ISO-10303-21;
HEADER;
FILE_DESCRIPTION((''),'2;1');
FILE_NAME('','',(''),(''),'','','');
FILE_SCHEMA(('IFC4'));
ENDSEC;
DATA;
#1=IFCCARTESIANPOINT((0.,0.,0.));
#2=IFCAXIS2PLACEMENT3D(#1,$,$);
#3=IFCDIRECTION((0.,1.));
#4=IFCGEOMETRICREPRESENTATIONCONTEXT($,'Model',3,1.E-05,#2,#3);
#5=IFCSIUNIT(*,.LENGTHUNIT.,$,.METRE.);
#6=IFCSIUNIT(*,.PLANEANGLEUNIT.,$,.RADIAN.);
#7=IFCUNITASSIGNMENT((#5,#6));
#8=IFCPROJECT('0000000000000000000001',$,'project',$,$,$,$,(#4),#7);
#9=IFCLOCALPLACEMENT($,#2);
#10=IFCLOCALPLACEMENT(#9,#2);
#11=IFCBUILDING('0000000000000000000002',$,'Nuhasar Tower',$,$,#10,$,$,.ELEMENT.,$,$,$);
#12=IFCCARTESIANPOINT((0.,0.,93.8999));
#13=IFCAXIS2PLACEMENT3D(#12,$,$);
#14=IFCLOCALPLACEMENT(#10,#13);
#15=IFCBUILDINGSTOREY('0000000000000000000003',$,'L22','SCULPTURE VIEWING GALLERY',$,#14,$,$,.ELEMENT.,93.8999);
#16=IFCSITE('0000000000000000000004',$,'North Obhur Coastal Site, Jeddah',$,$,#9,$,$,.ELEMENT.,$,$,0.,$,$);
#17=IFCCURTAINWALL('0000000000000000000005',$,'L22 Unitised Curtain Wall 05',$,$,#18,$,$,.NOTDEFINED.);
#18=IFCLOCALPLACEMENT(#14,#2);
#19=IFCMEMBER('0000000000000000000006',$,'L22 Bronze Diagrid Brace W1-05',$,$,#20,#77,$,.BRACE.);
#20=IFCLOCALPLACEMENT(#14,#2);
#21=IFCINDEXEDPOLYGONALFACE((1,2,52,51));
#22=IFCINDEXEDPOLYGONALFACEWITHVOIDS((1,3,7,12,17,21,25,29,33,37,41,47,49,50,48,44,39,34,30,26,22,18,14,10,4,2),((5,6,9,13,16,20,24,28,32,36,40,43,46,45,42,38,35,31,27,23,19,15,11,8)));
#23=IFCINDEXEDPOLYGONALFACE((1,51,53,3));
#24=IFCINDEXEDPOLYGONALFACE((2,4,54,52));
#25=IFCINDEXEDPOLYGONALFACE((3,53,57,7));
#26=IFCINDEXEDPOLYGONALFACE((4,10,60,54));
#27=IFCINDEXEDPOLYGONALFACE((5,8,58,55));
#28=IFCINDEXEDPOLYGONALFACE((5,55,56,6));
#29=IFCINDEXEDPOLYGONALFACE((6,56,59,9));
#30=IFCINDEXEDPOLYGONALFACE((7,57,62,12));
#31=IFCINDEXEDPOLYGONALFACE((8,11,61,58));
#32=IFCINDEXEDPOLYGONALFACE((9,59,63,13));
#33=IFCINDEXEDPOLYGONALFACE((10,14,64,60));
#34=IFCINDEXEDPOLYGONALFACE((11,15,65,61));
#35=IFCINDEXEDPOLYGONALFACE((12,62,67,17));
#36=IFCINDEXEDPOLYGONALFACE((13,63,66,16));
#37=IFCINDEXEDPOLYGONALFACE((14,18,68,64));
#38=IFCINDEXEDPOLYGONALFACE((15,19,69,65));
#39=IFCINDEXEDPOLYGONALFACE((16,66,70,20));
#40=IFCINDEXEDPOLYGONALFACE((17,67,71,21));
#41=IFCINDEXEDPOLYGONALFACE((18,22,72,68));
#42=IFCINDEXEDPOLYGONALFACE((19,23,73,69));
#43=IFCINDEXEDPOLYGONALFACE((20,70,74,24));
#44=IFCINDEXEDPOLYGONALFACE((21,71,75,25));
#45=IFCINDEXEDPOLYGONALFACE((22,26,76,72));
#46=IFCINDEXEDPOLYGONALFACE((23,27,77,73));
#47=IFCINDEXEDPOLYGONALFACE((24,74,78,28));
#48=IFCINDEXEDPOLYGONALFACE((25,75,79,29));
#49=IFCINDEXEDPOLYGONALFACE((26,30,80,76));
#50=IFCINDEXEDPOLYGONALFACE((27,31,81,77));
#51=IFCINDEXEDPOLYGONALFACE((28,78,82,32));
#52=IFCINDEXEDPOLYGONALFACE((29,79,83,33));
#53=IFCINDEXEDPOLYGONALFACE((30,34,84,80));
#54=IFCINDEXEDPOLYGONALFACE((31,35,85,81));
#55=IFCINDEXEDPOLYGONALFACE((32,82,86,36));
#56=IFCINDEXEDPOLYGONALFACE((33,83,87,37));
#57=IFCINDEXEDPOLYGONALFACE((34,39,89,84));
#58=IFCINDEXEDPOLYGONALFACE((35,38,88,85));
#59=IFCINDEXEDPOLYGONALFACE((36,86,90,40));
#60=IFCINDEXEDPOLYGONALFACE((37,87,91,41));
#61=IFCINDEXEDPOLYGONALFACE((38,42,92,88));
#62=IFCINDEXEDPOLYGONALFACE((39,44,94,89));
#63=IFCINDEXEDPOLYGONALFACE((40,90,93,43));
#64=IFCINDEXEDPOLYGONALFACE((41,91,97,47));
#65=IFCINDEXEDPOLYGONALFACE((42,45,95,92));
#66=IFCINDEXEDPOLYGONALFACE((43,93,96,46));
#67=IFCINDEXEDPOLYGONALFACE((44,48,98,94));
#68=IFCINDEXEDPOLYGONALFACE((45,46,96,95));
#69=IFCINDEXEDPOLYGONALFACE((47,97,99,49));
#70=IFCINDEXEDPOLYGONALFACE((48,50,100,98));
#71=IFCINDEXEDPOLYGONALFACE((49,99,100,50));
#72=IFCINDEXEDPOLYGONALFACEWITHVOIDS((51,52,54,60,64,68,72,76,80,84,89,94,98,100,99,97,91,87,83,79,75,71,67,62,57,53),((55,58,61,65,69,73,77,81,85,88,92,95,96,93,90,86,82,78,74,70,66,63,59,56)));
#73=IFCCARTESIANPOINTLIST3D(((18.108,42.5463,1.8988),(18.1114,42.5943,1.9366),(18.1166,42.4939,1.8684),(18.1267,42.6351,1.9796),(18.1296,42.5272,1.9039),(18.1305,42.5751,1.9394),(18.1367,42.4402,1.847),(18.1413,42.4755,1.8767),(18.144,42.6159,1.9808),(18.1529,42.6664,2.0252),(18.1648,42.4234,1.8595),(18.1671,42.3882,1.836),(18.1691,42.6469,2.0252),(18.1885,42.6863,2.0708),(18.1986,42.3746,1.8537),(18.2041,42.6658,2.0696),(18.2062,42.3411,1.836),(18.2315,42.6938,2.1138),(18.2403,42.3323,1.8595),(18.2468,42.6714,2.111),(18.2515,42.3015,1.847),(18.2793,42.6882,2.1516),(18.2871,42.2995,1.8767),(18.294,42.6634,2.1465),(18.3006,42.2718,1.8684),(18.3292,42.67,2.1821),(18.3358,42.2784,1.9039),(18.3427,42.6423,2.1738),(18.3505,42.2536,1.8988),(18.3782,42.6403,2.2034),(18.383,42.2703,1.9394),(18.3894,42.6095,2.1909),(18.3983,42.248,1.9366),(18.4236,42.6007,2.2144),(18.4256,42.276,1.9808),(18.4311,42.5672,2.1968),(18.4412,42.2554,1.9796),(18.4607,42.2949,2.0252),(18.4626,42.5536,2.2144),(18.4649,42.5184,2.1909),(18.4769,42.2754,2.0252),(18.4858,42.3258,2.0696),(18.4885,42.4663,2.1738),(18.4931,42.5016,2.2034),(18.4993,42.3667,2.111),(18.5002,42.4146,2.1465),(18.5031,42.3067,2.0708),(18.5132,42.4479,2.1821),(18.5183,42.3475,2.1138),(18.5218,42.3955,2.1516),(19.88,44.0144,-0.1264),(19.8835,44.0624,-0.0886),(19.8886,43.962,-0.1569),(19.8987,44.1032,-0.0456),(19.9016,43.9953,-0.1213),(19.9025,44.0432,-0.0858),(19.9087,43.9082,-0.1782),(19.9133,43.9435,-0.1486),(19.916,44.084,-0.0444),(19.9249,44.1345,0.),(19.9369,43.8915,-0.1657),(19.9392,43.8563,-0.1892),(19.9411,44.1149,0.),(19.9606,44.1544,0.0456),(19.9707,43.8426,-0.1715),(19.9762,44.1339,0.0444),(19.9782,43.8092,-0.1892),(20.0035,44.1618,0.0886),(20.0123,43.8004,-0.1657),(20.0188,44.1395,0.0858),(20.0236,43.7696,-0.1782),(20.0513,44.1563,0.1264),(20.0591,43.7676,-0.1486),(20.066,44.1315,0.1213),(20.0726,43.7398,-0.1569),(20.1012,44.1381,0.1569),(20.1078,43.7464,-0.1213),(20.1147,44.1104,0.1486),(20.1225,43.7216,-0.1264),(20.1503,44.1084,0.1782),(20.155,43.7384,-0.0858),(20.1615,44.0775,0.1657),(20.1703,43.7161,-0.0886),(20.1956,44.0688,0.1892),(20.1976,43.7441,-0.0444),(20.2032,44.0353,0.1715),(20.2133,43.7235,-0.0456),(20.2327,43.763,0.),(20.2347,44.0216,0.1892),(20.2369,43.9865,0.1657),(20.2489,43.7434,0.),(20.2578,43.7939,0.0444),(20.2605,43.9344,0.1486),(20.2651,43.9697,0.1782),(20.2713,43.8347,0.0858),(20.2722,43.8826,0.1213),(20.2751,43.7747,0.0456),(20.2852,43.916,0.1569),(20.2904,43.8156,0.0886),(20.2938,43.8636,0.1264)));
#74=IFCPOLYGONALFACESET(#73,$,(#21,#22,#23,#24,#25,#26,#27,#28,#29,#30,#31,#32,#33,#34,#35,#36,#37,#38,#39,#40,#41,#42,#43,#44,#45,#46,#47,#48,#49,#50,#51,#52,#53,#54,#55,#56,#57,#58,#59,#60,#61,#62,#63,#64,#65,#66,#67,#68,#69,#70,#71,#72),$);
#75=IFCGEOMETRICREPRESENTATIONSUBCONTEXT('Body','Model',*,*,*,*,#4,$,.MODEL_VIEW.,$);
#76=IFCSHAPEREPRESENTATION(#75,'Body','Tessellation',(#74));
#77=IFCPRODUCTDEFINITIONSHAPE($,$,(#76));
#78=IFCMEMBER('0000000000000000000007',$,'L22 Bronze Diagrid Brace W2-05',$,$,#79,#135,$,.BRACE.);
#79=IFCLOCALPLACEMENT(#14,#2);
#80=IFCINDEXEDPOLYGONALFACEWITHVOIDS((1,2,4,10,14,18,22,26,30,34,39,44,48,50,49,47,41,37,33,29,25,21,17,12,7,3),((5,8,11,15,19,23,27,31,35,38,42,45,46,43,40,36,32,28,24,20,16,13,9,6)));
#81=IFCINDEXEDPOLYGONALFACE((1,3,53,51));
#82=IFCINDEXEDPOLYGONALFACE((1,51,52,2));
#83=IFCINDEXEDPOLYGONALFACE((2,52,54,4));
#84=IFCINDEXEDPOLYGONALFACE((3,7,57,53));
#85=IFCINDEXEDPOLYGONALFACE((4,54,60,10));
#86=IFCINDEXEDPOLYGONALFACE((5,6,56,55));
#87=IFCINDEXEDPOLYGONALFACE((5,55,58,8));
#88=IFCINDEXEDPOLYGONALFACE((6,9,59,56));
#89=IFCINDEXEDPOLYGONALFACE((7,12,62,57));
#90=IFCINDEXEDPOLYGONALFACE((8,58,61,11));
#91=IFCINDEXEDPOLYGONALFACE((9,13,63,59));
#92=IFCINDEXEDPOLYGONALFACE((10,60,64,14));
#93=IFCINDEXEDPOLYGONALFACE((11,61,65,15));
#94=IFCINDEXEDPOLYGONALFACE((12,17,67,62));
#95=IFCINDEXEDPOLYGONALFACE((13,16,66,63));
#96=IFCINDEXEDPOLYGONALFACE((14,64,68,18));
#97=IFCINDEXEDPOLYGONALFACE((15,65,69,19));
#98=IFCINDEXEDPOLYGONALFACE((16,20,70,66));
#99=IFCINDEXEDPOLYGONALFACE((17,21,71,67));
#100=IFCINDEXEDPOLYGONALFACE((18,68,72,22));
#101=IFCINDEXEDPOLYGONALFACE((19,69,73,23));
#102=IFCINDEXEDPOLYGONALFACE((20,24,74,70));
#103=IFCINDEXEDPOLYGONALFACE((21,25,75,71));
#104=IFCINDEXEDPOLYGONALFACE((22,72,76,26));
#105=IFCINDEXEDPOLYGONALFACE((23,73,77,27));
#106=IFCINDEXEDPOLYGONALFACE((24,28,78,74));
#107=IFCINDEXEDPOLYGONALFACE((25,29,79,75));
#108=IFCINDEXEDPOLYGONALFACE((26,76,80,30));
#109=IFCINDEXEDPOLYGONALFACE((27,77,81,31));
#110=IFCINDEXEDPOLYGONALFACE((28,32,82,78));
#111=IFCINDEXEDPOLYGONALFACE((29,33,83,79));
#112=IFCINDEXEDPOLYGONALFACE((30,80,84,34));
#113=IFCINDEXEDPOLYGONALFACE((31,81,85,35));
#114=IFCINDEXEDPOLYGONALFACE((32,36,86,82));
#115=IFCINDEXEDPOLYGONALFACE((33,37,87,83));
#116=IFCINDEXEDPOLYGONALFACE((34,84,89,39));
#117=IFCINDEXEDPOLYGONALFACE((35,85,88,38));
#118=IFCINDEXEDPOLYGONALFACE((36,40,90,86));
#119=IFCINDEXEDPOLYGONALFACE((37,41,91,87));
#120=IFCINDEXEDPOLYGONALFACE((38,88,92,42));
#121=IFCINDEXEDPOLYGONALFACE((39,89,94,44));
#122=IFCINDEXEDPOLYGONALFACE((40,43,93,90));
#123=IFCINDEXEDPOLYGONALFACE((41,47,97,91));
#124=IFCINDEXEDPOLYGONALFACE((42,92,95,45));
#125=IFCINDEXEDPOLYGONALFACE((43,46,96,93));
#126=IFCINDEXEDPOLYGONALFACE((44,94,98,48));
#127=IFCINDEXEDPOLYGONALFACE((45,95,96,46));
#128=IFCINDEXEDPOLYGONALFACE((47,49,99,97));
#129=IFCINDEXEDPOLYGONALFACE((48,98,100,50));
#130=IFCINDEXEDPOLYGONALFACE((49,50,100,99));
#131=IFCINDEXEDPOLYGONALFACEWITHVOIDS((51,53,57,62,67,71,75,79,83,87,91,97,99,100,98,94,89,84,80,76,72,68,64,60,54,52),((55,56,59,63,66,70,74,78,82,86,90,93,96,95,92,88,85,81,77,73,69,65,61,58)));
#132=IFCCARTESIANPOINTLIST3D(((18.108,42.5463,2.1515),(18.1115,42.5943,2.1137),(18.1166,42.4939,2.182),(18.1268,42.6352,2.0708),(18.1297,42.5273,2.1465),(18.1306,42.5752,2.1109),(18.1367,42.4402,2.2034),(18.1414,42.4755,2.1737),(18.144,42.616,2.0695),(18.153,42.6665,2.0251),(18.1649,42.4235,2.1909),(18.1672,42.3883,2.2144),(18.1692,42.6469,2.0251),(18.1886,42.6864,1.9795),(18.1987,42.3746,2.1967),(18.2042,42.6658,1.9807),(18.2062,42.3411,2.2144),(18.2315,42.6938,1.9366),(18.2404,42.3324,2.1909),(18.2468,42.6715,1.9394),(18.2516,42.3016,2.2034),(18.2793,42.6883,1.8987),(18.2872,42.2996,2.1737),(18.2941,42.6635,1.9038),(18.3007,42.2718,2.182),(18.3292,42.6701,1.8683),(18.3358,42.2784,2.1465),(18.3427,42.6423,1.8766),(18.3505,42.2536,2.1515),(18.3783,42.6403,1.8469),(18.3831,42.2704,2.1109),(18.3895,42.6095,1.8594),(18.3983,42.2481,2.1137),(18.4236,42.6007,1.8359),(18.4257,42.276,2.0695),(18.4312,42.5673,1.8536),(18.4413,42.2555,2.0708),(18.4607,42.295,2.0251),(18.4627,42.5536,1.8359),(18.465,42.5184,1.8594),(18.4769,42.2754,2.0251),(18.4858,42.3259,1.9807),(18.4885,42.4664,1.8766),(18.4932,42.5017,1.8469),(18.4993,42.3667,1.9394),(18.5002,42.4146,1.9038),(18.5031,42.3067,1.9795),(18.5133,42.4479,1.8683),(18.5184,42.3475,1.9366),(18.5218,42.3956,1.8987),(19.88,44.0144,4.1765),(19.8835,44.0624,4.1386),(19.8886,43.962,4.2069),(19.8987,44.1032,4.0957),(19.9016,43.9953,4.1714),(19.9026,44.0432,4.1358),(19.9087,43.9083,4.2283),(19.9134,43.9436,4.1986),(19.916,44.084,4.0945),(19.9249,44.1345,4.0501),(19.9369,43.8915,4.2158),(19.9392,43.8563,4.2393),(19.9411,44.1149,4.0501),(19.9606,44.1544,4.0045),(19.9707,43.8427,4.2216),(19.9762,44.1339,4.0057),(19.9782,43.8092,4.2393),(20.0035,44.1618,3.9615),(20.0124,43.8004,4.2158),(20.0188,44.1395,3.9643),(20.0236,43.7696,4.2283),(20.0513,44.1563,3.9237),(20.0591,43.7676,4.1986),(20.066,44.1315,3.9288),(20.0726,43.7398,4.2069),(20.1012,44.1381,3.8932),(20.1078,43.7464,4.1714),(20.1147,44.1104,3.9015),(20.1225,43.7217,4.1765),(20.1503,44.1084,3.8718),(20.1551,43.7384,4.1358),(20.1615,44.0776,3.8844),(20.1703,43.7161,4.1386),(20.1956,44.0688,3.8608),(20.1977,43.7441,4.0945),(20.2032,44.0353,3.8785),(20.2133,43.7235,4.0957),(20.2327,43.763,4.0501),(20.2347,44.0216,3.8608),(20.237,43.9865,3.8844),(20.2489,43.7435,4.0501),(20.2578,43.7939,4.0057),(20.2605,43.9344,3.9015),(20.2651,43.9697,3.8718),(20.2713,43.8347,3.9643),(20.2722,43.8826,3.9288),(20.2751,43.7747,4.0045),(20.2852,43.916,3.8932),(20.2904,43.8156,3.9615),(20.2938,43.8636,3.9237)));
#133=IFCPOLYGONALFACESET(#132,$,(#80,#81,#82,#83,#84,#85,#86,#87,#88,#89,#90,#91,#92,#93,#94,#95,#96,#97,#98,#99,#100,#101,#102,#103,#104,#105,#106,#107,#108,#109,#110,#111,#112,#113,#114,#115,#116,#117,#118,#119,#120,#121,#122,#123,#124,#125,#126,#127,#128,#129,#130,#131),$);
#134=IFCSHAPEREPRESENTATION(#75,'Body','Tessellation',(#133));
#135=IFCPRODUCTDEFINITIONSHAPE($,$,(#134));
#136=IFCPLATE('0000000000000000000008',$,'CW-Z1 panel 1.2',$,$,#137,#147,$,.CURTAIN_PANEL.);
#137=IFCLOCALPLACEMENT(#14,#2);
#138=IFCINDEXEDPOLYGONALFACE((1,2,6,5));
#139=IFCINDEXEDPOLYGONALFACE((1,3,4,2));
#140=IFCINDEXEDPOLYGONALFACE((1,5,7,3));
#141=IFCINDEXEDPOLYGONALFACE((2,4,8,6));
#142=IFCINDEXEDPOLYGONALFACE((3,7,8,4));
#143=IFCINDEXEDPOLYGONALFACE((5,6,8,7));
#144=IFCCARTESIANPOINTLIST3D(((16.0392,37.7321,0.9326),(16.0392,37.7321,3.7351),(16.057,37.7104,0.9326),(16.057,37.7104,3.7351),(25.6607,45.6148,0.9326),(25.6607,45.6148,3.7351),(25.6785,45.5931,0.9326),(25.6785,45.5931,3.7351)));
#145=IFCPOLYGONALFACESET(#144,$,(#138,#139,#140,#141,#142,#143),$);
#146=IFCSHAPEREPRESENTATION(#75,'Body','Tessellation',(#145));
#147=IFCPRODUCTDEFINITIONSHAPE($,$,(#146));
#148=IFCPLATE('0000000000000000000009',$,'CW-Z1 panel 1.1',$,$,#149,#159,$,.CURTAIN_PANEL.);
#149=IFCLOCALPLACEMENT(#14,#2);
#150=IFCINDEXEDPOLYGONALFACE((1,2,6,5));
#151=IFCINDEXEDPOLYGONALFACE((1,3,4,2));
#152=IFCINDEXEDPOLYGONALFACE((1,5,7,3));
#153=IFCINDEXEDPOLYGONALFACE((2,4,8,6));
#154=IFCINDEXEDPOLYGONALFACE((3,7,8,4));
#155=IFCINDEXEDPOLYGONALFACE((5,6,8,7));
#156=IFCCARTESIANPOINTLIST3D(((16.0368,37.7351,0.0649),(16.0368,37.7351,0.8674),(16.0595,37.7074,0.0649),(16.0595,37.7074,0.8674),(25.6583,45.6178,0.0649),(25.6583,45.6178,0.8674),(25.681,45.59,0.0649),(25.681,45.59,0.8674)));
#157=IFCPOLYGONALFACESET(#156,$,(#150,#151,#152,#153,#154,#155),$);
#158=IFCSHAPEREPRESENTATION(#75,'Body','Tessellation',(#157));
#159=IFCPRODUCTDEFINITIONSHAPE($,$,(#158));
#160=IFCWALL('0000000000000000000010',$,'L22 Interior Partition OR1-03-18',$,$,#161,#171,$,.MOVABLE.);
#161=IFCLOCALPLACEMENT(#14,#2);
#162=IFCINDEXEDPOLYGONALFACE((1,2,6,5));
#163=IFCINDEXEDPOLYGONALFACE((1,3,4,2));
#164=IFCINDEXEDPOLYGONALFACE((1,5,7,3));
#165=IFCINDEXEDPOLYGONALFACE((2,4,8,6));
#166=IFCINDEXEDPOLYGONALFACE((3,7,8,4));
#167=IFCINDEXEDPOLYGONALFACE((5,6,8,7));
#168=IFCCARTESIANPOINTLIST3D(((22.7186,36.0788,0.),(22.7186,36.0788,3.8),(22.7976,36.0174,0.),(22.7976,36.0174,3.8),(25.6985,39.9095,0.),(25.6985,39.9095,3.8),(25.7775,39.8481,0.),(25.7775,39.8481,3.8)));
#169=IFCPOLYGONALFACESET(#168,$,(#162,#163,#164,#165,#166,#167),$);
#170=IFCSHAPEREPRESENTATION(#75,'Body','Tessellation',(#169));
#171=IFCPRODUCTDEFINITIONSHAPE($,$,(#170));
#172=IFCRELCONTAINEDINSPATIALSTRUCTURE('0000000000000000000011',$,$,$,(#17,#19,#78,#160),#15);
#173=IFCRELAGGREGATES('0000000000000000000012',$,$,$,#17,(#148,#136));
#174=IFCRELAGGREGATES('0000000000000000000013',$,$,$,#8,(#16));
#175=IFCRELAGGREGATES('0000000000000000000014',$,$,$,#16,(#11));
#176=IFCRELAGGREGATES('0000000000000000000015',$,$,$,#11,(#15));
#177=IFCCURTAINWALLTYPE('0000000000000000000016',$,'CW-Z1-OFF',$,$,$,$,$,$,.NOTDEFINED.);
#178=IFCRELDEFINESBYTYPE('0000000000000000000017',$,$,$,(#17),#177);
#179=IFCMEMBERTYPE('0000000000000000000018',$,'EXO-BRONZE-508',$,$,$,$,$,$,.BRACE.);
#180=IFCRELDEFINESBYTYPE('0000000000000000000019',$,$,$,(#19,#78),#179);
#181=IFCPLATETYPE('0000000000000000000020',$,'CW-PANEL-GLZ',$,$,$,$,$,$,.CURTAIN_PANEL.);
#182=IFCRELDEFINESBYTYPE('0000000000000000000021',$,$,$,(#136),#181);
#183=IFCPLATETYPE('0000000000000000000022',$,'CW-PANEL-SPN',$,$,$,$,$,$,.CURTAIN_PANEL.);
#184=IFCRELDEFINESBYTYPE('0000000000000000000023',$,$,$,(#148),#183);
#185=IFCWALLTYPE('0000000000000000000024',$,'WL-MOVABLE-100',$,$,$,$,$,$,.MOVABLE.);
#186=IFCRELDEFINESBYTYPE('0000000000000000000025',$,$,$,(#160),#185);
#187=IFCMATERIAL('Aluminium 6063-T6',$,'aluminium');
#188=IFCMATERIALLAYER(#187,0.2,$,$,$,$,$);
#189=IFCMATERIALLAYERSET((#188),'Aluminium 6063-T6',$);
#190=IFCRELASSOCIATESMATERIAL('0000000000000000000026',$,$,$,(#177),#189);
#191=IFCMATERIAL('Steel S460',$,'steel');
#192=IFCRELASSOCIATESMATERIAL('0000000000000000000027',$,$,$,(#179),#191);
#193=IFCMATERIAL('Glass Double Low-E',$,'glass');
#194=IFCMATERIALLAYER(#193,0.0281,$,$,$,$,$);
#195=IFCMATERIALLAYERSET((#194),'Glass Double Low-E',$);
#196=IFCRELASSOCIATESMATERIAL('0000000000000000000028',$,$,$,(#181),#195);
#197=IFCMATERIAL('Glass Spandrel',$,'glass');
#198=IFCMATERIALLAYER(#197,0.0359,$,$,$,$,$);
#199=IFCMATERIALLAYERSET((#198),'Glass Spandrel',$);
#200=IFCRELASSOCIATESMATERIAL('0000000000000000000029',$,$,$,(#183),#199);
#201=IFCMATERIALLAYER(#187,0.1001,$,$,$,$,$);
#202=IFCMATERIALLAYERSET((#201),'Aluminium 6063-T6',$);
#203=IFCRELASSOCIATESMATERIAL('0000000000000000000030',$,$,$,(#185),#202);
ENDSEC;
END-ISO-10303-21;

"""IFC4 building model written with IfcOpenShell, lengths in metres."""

from ifc_helpers import new_model, si_unit, direction, frame, frame_2d, origin, origin_2d, place, context, subcontext, project, spatial, rectangle, hollow_circle, extrude, material, layer, layer_set, material_profile, profile_set, type_object, element, aggregate, save


model = new_model("IFC4")

# Units and contexts
model_context = context("Model", 3, precision=1e-05, world=origin(), true_north=direction((0.0, 1.0)))
body_context = subcontext(model_context, "Body", "Model", "MODEL_VIEW")
ifc_project = project(units=[si_unit("LENGTHUNIT", "METRE"), si_unit("PLANEANGLEUNIT", "RADIAN")], contexts=[model_context])

# Site, building, storey
site_placement = place(None, origin())
site = spatial("IfcSite", under=ifc_project, at=site_placement, Name="North Obhur Coastal Site, Jeddah", CompositionType="ELEMENT", RefElevation=0.0)
building_placement = place(site_placement, origin())
building = spatial("IfcBuilding", under=site, at=building_placement, Name="Nuhasar Tower", CompositionType="ELEMENT")
storey_placement = place(building_placement, frame((0.0, 0.0, 93.8999)))
storey = spatial("IfcBuildingStorey", under=building, at=storey_placement, Name="L22", Description="SCULPTURE VIEWING GALLERY", CompositionType="ELEMENT", Elevation=93.8999)

# Shared definitions
ifc_material_1 = material(Name="Aluminium 6063-T6", Category="aluminium")
ifc_layer_1 = layer(ifc_material_1, 0.2)
ifc_layer_set_1 = layer_set([ifc_layer_1], Name="Aluminium 6063-T6")
curtain_wall_type = type_object("IfcCurtainWallType", Name="CW-Z1-OFF", PredefinedType="NOTDEFINED", material=ifc_layer_set_1)

# Curtain wall
curtain_wall_1_placement = place(storey_placement, origin())
curtain_wall_1 = element("IfcCurtainWall", 1, at=curtain_wall_1_placement, inside=storey, type_object=curtain_wall_type, Name="L22 Unitised Curtain Wall 05", PredefinedType="NOTDEFINED")

# Members
ifc_material_2 = material(Name="Steel S460", Category="steel")
ifc_material_profile_1 = material_profile(ifc_material_2, hollow_circle(Radius=0.2539, WallThickness=0.0254, at=origin_2d()), Name="HSS508X25.4")
ifc_profile_set_1 = profile_set([ifc_material_profile_1], Name="Steel S460")
member_type_1 = type_object("IfcMemberType", Name="EXO-BRONZE-508", PredefinedType="BRACE", material=ifc_profile_set_1)
member_1_placement = place(storey_placement, frame((20.0869, 43.939, 0.0), z_axis=(-0.578071, -0.478912, 0.660664), x_axis=(0.637969, -0.770062, 0.0)))
element("IfcMember", 2, at=member_1_placement, inside=storey, type_object=member_type_1, Name="L22 Bronze Diagrid Brace W1-05", PredefinedType="BRACE", context=body_context, shape_type="SweptSolid", body=[
    extrude(hollow_circle(Radius=0.2539, WallThickness=0.0254, at=origin_2d()), origin(), (0.0, 0.0, 1.0), 3.0654),
])
member_2_placement = place(storey_placement, frame((18.3149, 42.4709, 2.0251), z_axis=(0.578102, 0.478937, 0.660619), x_axis=(-0.637969, 0.770062, 0.0)))
element("IfcMember", 3, at=member_2_placement, inside=storey, type_object=member_type_1, Name="L22 Bronze Diagrid Brace W2-05", PredefinedType="BRACE", context=body_context, shape_type="SweptSolid", body=[
    extrude(hollow_circle(Radius=0.2539, WallThickness=0.0254, at=origin_2d()), origin(), (0.0, 0.0, 1.0), 3.0652),
])

# Plates
ifc_material_3 = material(Name="Glass Double Low-E", Category="glass")
ifc_layer_2 = layer(ifc_material_3, 0.0281)
ifc_layer_set_2 = layer_set([ifc_layer_2], Name="Glass Double Low-E")
plate_type_1 = type_object("IfcPlateType", Name="CW-PANEL-GLZ", PredefinedType="CURTAIN_PANEL", material=ifc_layer_set_2)
plate_1_placement = place(storey_placement, frame((20.8589, 41.6626, 0.9326), z_axis=(0.0, 0.0, 1.0), x_axis=(-0.773542, -0.633745, 0.0)))
plate_1 = element("IfcPlate", 4, at=plate_1_placement, type_object=plate_type_1, Name="CW-Z1 panel 1.2", PredefinedType="CURTAIN_PANEL", context=body_context, shape_type="SweptSolid", body=[
    extrude(rectangle(XDim=12.4382, YDim=0.0281, at=origin_2d()), origin(), (0.0, 0.0, 1.0), 2.8025),
])
ifc_material_4 = material(Name="Glass Spandrel", Category="glass")
ifc_layer_3 = layer(ifc_material_4, 0.0359)
ifc_layer_set_3 = layer_set([ifc_layer_3], Name="Glass Spandrel")
plate_type_2 = type_object("IfcPlateType", Name="CW-PANEL-SPN", PredefinedType="CURTAIN_PANEL", material=ifc_layer_set_3)
plate_2_placement = place(storey_placement, frame((20.8589, 41.6626, 0.0649), z_axis=(0.0, 0.0, 1.0), x_axis=(-0.773542, -0.633745, 0.0)))
plate_2 = element("IfcPlate", 5, at=plate_2_placement, type_object=plate_type_2, Name="CW-Z1 panel 1.1", PredefinedType="CURTAIN_PANEL", context=body_context, shape_type="SweptSolid", body=[
    extrude(rectangle(XDim=12.4382, YDim=0.0359, at=origin_2d()), origin(), (0.0, 0.0, 1.0), 0.8025),
])
aggregate(curtain_wall_1, [plate_2, plate_1])

# Wall
ifc_layer_4 = layer(ifc_material_1, 0.1001)
ifc_layer_set_4 = layer_set([ifc_layer_4], Name="Aluminium 6063-T6")
wall_type_1 = type_object("IfcWallType", Name="WL-MOVABLE-100", PredefinedType="MOVABLE", material=ifc_layer_set_4)
wall_1_placement = place(storey_placement, frame((25.738, 39.8789, 0.0), z_axis=(0.0, 0.0, 1.0), x_axis=(-0.614, -0.789306, 0.0)))
element("IfcWall", 6, at=wall_1_placement, inside=storey, type_object=wall_type_1, Name="L22 Interior Partition OR1-03-18", PredefinedType="MOVABLE", context=body_context, shape_type="SweptSolid", body=[
    extrude(rectangle(XDim=4.8533, YDim=0.1001, at=frame_2d((2.4268, 0.0))), origin(), (0.0, 0.0, 1.0), 3.8),
])

save(model, "model.ifc")
